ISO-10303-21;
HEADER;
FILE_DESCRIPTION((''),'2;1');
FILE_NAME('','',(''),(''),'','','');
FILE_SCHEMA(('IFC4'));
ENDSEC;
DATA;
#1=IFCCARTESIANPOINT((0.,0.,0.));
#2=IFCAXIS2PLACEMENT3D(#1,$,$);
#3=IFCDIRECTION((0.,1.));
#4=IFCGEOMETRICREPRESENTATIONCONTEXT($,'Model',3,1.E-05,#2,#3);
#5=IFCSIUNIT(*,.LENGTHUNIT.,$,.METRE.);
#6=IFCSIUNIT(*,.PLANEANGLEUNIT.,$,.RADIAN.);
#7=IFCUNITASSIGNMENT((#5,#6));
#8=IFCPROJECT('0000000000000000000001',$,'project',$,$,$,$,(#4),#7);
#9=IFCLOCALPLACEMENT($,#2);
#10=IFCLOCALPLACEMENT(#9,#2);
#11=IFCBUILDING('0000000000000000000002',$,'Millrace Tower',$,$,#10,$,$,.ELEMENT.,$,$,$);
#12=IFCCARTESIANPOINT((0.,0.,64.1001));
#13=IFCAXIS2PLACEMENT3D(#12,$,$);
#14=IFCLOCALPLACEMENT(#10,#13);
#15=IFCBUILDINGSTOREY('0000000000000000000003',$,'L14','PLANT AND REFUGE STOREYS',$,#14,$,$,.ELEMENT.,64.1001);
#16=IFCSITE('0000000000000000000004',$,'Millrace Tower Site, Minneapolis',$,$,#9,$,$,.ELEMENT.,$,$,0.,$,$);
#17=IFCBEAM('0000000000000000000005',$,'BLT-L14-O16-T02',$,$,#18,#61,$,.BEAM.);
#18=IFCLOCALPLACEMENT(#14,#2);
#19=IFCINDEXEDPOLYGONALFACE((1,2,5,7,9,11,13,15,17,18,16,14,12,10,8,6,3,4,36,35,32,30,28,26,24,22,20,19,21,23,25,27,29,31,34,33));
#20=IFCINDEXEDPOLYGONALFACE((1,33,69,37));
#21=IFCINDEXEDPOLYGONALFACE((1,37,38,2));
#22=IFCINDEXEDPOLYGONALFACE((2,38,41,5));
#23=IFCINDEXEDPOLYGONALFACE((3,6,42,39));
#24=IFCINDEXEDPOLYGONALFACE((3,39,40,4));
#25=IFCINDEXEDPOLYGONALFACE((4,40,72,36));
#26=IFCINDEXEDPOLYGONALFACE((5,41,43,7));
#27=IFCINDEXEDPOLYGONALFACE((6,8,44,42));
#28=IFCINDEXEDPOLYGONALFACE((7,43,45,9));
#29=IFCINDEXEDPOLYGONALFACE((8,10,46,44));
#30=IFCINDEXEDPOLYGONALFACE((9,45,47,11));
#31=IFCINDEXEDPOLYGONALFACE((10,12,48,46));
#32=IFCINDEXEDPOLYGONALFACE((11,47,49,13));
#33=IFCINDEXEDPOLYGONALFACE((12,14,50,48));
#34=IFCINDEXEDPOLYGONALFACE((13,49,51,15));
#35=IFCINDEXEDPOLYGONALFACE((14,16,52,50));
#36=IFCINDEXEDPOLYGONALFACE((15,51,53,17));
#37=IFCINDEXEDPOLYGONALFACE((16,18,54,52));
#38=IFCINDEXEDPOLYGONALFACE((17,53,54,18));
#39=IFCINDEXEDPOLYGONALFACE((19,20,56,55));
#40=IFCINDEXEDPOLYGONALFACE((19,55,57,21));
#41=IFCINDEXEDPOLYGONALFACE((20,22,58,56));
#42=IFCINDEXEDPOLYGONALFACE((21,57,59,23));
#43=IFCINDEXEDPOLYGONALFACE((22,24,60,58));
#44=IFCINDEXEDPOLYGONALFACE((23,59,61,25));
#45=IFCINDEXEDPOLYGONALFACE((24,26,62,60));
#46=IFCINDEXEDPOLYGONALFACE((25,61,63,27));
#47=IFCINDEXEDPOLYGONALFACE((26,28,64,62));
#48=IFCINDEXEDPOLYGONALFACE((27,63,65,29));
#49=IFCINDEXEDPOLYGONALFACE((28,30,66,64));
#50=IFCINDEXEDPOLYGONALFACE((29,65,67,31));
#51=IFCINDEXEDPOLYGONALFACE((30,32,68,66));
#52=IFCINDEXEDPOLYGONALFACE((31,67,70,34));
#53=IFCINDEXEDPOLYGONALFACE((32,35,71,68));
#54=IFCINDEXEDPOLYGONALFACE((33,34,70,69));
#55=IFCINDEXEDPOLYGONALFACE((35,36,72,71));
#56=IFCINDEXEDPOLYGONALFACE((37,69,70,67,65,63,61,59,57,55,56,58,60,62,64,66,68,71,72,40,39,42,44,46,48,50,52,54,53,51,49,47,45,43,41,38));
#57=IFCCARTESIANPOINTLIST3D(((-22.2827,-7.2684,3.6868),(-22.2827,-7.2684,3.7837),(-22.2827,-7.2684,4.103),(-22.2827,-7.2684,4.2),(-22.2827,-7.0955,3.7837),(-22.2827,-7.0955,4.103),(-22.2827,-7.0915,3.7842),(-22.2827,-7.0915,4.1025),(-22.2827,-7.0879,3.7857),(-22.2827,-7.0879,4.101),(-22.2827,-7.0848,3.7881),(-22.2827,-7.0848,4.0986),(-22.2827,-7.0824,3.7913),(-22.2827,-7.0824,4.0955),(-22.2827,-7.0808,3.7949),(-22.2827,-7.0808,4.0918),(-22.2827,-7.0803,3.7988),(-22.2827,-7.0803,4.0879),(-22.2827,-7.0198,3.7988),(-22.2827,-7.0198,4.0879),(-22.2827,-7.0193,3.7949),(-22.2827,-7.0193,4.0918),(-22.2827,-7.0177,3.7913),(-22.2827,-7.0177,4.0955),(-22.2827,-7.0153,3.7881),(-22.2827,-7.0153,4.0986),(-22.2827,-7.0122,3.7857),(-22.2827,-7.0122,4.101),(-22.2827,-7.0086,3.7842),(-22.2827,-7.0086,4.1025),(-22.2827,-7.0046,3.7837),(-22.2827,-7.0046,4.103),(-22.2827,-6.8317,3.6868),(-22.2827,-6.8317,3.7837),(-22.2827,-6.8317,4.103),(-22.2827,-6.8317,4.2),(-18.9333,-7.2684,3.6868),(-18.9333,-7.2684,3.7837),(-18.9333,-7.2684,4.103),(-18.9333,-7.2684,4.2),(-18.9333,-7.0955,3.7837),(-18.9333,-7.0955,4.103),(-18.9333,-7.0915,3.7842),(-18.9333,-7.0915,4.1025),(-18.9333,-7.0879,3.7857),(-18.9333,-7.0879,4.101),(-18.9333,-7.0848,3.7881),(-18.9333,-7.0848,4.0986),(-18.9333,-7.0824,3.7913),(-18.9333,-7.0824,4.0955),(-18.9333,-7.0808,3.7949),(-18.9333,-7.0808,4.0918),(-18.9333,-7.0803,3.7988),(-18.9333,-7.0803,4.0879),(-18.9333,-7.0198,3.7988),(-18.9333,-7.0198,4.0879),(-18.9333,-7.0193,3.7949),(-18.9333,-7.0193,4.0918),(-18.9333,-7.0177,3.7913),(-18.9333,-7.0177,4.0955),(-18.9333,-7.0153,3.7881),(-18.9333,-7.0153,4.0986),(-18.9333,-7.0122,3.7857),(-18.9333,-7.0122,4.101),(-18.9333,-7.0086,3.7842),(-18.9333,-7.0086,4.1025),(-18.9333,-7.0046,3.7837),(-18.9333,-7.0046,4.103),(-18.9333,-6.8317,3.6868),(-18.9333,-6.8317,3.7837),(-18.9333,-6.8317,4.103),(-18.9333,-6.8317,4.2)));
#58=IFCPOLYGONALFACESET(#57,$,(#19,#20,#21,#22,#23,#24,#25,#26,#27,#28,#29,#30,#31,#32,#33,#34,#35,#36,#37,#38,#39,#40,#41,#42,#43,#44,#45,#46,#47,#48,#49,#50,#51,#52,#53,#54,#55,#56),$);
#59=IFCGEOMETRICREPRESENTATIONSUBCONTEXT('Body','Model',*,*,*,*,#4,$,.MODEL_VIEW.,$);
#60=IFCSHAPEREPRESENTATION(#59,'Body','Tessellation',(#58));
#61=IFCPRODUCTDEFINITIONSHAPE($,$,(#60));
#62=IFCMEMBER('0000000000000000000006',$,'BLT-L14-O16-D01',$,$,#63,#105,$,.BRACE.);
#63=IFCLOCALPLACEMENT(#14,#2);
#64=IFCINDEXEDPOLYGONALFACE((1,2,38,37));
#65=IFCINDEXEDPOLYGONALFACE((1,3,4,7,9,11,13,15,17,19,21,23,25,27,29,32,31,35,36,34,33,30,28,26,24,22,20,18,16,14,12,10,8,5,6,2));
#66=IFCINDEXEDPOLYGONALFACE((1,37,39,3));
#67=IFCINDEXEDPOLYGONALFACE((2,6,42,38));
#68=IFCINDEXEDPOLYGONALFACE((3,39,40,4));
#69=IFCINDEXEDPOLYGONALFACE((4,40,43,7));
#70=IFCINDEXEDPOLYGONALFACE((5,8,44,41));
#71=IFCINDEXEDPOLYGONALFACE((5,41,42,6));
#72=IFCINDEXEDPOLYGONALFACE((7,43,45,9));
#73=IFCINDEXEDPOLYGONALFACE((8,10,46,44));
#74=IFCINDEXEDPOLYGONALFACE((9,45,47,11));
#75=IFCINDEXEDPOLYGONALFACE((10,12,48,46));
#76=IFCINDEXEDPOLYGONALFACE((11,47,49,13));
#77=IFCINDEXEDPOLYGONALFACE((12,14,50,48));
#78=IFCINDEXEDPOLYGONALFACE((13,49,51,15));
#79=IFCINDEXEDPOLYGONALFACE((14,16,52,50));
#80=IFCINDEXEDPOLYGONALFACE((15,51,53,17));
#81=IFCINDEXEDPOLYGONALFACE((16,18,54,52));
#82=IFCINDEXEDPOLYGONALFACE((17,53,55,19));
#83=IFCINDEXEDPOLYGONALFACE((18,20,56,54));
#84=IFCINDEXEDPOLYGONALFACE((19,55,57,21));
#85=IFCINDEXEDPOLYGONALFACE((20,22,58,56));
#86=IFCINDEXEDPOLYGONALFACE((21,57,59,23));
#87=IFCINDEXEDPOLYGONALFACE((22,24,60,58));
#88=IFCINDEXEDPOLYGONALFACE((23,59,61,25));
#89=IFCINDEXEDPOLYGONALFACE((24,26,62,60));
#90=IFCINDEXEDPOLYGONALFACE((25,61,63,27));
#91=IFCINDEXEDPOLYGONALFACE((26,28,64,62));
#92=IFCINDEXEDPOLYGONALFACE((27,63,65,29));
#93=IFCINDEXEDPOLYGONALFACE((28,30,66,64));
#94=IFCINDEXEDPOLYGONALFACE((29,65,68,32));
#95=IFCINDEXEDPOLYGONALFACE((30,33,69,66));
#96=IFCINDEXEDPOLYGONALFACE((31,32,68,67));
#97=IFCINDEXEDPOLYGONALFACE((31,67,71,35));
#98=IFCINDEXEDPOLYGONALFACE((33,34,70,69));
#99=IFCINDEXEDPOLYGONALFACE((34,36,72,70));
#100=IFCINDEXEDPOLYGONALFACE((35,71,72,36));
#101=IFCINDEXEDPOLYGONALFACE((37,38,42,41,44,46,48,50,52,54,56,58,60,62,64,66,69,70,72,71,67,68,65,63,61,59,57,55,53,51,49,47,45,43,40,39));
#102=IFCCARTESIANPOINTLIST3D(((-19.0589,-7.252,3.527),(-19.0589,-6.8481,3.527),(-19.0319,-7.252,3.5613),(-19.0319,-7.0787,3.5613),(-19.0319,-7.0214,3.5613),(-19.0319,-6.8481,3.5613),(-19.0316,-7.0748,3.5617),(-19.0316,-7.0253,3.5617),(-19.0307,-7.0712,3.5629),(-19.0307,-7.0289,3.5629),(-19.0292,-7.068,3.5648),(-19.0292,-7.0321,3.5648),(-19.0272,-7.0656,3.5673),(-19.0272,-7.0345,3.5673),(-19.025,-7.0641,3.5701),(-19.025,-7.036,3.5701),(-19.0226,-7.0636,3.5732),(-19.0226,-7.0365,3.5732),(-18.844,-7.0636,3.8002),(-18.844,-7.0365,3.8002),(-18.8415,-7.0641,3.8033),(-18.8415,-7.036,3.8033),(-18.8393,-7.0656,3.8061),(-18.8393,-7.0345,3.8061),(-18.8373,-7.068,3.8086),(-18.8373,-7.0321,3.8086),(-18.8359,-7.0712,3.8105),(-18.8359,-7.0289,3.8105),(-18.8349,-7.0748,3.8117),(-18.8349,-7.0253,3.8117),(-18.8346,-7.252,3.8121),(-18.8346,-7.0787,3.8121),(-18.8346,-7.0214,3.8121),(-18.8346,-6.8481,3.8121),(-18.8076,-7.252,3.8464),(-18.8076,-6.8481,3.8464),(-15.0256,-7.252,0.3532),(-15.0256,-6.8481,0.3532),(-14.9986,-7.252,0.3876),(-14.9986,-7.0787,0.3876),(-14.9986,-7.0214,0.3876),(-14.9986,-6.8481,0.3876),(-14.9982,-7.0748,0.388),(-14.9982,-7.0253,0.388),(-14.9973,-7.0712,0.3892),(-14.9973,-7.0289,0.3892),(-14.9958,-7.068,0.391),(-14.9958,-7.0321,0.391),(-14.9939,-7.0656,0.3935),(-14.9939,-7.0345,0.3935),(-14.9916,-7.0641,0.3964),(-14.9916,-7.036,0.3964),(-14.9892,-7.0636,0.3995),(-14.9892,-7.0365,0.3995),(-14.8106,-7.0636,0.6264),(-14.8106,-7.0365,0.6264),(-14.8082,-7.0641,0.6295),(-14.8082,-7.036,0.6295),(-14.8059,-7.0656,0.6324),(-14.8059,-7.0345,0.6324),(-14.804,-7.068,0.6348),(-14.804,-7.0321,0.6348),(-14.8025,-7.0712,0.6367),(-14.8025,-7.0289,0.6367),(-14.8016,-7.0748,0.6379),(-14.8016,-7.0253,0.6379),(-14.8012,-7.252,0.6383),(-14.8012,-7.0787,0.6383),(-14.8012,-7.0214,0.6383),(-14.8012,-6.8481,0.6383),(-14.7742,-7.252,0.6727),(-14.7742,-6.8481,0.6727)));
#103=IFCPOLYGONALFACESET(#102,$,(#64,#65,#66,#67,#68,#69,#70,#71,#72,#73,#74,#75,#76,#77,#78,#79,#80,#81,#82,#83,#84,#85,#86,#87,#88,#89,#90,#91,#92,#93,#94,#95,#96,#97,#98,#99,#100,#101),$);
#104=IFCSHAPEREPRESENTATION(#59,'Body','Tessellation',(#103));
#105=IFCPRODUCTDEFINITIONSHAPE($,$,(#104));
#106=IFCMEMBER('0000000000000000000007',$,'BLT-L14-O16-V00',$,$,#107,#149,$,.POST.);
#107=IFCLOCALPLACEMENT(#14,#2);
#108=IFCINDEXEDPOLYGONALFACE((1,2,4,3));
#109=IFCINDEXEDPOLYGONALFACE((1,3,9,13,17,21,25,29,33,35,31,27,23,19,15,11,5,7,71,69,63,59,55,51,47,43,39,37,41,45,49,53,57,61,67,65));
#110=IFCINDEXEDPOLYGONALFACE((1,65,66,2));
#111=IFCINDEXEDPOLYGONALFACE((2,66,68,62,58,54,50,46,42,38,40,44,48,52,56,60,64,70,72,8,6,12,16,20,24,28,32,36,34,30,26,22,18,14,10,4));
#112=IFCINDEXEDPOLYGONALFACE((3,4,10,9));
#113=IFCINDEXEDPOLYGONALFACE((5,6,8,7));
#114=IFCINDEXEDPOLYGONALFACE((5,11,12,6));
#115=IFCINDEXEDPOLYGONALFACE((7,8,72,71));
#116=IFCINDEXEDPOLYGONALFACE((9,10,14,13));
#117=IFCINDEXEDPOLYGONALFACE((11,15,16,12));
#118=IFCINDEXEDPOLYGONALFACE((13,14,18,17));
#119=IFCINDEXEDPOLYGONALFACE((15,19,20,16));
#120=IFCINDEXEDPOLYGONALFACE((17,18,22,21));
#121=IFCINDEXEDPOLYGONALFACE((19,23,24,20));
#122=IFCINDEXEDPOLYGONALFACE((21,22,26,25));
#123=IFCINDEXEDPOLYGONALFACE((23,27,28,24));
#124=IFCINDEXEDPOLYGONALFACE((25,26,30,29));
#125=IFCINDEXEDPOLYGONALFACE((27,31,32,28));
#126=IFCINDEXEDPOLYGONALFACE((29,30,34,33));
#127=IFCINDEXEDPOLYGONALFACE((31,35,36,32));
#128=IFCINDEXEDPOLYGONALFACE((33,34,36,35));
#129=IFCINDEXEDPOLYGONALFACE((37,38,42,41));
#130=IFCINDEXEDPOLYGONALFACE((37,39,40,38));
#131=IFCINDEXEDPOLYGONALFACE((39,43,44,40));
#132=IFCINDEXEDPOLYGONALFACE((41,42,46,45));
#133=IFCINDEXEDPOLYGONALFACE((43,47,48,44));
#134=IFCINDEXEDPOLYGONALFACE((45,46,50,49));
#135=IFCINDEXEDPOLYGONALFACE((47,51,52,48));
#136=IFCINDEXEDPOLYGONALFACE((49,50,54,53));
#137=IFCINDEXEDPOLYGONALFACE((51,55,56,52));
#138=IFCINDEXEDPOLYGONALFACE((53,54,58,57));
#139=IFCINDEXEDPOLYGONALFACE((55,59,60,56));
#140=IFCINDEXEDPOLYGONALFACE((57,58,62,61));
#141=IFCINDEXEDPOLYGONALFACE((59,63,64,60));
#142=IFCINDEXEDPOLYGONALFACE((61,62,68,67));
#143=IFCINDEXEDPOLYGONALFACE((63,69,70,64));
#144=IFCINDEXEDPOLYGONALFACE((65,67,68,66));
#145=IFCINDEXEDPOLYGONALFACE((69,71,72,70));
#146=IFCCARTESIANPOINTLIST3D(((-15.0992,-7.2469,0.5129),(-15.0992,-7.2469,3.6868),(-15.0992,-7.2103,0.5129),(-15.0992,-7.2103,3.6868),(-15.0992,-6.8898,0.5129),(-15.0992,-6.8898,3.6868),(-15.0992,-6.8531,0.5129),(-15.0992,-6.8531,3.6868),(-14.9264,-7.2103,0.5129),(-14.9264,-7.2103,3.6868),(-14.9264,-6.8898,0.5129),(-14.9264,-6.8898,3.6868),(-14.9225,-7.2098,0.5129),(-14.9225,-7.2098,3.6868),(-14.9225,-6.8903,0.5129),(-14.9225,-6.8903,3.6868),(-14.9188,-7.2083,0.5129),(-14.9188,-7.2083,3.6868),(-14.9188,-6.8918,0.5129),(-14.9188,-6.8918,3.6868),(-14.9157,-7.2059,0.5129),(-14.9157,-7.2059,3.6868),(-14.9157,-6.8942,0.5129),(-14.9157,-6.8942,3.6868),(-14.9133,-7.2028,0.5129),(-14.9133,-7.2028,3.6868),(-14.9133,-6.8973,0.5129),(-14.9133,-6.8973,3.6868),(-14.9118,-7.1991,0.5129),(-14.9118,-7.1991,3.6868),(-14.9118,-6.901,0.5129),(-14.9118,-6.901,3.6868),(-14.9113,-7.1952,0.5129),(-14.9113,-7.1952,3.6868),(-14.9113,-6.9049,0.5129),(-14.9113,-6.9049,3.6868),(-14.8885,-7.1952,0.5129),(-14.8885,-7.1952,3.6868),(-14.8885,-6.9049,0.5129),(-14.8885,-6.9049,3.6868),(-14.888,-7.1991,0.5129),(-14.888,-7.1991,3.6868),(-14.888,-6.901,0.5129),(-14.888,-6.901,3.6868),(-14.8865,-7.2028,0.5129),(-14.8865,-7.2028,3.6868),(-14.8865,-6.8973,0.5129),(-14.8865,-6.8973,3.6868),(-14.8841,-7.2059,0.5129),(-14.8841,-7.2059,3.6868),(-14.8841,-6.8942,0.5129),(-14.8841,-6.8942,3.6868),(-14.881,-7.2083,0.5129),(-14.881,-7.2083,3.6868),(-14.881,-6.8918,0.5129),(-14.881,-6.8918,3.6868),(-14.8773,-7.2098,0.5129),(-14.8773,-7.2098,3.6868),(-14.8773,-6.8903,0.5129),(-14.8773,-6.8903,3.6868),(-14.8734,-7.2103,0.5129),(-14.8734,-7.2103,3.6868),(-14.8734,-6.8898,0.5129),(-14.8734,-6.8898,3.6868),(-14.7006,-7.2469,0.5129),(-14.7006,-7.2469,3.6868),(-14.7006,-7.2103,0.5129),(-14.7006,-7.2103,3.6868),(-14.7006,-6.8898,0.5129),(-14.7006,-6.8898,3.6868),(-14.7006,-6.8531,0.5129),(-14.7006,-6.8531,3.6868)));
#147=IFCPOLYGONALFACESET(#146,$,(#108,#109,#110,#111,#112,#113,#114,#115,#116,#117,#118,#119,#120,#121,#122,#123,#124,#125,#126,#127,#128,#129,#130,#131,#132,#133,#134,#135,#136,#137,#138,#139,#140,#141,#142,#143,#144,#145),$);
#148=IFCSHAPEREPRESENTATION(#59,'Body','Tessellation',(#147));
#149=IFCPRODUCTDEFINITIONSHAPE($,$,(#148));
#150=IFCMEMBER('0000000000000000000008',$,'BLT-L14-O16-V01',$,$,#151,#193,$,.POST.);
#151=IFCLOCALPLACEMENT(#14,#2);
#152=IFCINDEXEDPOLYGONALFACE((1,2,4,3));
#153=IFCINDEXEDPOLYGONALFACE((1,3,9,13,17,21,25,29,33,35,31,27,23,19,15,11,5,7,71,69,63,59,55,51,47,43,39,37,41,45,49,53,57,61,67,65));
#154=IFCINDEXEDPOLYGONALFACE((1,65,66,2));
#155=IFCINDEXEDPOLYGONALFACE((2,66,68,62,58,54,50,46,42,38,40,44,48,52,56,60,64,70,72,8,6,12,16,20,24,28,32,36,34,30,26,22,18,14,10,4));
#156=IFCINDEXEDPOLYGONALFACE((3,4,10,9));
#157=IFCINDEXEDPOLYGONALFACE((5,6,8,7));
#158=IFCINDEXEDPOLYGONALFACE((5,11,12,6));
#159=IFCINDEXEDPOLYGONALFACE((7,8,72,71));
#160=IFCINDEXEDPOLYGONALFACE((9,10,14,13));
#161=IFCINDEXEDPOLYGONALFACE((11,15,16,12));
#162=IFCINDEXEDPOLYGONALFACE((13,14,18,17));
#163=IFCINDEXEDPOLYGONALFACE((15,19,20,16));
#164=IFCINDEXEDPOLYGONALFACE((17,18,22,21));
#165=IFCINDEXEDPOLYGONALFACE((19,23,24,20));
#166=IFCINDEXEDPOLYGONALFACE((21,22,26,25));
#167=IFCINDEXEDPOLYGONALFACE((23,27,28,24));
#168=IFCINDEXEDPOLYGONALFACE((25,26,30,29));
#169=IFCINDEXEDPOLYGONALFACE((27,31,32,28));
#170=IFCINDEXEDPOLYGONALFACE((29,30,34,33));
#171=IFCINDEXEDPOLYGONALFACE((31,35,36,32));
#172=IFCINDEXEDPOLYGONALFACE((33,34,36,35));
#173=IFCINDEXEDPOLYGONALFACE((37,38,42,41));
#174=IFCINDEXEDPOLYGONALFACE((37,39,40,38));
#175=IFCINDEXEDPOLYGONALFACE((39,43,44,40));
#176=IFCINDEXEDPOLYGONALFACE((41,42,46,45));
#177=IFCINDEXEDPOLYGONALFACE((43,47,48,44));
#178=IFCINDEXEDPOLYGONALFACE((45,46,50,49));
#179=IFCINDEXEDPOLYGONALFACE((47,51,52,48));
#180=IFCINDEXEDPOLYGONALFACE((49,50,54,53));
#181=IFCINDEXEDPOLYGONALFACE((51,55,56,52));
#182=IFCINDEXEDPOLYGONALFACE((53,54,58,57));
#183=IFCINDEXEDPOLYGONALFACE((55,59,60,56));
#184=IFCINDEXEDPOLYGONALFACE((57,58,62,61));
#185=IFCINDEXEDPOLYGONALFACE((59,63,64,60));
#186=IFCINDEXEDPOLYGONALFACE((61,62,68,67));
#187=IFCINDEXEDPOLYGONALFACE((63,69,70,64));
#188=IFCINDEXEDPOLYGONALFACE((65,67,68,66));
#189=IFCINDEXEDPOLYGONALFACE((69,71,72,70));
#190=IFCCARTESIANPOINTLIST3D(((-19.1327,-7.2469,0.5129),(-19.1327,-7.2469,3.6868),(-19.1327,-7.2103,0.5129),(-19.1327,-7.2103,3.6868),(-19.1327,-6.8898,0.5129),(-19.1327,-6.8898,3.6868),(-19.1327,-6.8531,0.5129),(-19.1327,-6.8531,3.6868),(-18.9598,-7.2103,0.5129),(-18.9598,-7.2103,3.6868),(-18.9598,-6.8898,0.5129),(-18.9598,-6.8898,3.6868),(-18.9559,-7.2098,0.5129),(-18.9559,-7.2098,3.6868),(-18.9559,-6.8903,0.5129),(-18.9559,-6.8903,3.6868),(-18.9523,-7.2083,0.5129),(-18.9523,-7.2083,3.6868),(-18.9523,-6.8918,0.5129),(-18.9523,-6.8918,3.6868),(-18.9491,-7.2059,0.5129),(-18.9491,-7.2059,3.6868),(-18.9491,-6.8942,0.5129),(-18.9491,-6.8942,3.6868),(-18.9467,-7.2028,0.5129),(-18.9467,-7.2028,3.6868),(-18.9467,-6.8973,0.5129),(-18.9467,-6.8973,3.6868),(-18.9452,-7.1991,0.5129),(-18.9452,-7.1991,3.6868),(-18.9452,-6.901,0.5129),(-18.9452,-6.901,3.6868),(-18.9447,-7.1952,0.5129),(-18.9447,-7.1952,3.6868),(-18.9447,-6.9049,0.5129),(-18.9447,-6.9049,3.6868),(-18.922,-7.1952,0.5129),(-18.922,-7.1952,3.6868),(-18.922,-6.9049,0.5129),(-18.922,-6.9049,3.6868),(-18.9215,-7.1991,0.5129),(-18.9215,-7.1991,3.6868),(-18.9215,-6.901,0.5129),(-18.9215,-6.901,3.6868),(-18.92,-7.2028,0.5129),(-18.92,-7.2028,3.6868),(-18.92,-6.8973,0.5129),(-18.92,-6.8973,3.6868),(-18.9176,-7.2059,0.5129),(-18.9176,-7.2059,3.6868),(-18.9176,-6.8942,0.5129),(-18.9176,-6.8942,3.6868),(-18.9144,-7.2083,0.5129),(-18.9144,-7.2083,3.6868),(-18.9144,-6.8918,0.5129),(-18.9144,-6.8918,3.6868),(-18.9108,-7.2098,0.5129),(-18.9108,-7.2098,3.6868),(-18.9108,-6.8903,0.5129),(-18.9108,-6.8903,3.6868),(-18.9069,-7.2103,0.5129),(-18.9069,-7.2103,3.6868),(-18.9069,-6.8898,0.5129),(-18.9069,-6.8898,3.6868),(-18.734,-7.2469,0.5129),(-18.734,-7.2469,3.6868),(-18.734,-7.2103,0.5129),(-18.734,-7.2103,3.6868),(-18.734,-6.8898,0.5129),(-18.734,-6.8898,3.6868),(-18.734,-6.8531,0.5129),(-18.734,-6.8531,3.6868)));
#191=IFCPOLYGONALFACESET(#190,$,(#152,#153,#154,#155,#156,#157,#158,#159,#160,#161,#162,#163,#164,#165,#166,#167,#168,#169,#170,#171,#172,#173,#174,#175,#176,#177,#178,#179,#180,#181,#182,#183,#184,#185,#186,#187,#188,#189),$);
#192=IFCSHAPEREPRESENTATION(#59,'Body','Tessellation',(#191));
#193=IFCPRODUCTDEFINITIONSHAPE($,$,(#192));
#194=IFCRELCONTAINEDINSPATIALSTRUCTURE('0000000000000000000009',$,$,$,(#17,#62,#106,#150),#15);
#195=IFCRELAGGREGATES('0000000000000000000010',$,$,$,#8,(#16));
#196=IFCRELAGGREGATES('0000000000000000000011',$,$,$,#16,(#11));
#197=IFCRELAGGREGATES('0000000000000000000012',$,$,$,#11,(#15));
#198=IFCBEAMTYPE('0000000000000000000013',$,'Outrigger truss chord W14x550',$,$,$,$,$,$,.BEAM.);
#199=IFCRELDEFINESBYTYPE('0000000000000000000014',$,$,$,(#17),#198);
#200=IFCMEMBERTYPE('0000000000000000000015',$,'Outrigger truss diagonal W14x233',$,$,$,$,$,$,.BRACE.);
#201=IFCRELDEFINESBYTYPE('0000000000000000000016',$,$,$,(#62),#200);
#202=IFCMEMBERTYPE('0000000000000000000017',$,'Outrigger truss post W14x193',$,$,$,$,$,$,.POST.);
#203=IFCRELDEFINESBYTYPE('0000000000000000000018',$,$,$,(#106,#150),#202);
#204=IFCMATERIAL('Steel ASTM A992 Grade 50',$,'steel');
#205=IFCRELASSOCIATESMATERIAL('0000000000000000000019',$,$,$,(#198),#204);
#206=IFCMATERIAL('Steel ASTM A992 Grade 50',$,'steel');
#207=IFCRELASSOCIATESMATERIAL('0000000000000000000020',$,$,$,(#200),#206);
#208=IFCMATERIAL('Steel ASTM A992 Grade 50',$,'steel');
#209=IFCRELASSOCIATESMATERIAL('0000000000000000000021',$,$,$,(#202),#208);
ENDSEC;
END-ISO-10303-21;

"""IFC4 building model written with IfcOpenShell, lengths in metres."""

from ifc_helpers import new_model, si_unit, direction, frame, origin, origin_2d, place, context, subcontext, project, spatial, i_section, extrude, material, material_profile, profile_set, type_object, element, save


model = new_model("IFC4")

# Units and contexts
model_context = context("Model", 3, precision=1e-05, world=origin(), true_north=direction((0.0, 1.0)))
body_context = subcontext(model_context, "Body", "Model", "MODEL_VIEW")
ifc_project = project(units=[si_unit("LENGTHUNIT", "METRE"), si_unit("PLANEANGLEUNIT", "RADIAN")], contexts=[model_context])

# Site, building, storey
site_placement = place(None, origin())
site = spatial("IfcSite", under=ifc_project, at=site_placement, Name="Millrace Tower Site, Minneapolis", CompositionType="ELEMENT", RefElevation=0.0)
building_placement = place(site_placement, origin())
building = spatial("IfcBuilding", under=site, at=building_placement, Name="Millrace Tower", CompositionType="ELEMENT")
storey_placement = place(building_placement, frame((0.0, 0.0, 64.1001)))
storey = spatial("IfcBuildingStorey", under=building, at=storey_placement, Name="L14", Description="PLANT AND REFUGE STOREYS", CompositionType="ELEMENT", Elevation=64.1001)

# Beam
ifc_material_1 = material(Name="Steel ASTM A992 Grade 50", Category="steel")
ifc_material_profile_1 = material_profile(ifc_material_1, i_section(OverallWidth=0.4368, OverallDepth=0.5132, WebThickness=0.0605, FlangeThickness=0.0969, FilletRadius=0.0151, at=origin_2d()))
ifc_profile_set_1 = profile_set([ifc_material_profile_1], Name="Steel ASTM A992 Grade 50")
beam_type_1 = type_object("IfcBeamType", Name="Outrigger truss chord W14x550", PredefinedType="BEAM", material=ifc_profile_set_1)
beam_1_placement = place(storey_placement, frame((-18.9333, -7.05, 3.9434), z_axis=(-1.0, 0.0, 0.0), x_axis=(0.0, -1.0, 0.0)))
element("IfcBeam", 1, at=beam_1_placement, inside=storey, type_object=beam_type_1, Name="BLT-L14-O16-T02", PredefinedType="BEAM", context=body_context, shape_type="SweptSolid", body=[
    extrude(i_section(OverallWidth=0.4368, OverallDepth=0.5132, WebThickness=0.0605, FlangeThickness=0.0969, FilletRadius=0.0151, at=origin_2d()), origin(), (0.0, 0.0, 1.0), 3.3494),
])

# Members
ifc_material_2 = material(Name="Steel ASTM A992 Grade 50", Category="steel")
ifc_material_profile_2 = material_profile(ifc_material_2, i_section(OverallWidth=0.4038, OverallDepth=0.4065, WebThickness=0.0271, FlangeThickness=0.0437, FilletRadius=0.0151, at=origin_2d()))
ifc_profile_set_2 = profile_set([ifc_material_profile_2], Name="Steel ASTM A992 Grade 50")
member_type_1 = type_object("IfcMemberType", Name="Outrigger truss diagonal W14x233", PredefinedType="BRACE", material=ifc_profile_set_2)
member_placement = place(storey_placement, frame((-14.8999, -7.05, 0.5129), z_axis=(-0.785874, 0.0, 0.618387), x_axis=(0.0, -1.0, 0.0)))
element("IfcMember", 2, at=member_placement, inside=storey, type_object=member_type_1, Name="BLT-L14-O16-D01", PredefinedType="BRACE", context=body_context, shape_type="SweptSolid", body=[
    extrude(i_section(OverallWidth=0.4038, OverallDepth=0.4065, WebThickness=0.0271, FlangeThickness=0.0437, FilletRadius=0.0151, at=origin_2d()), origin(), (0.0, 0.0, 1.0), 5.1323),
])
ifc_material_3 = material(Name="Steel ASTM A992 Grade 50", Category="steel")
ifc_material_profile_3 = material_profile(ifc_material_3, i_section(OverallWidth=0.3987, OverallDepth=0.3938, WebThickness=0.0227, FlangeThickness=0.0366, FilletRadius=0.0151, at=origin_2d()))
ifc_profile_set_3 = profile_set([ifc_material_profile_3], Name="Steel ASTM A992 Grade 50")
member_type_2 = type_object("IfcMemberType", Name="Outrigger truss post W14x193", PredefinedType="POST", material=ifc_profile_set_3)
for number, where, z_axis, x_axis, name in (
    (3, (-14.8999, -7.05, 0.5129), (0.0, 0.0, 1.0), (1.0, 0.0, 0.0), "BLT-L14-O16-V00"),
    (4, (-18.9333, -7.05, 0.5129), (0.0, 0.0, 1.0), (1.0, 0.0, 0.0), "BLT-L14-O16-V01"),
):
    element("IfcMember", number, at=place(storey_placement, frame(where, z_axis=z_axis, x_axis=x_axis)), inside=storey, type_object=member_type_2, Name=name, PredefinedType="POST", context=body_context, shape_type="SweptSolid", body=[
        extrude(i_section(OverallWidth=0.3987, OverallDepth=0.3938, WebThickness=0.0227, FlangeThickness=0.0366, FilletRadius=0.0151, at=origin_2d()), origin(), (0.0, 0.0, 1.0), 3.1738),
    ])

save(model, "model.ifc")
